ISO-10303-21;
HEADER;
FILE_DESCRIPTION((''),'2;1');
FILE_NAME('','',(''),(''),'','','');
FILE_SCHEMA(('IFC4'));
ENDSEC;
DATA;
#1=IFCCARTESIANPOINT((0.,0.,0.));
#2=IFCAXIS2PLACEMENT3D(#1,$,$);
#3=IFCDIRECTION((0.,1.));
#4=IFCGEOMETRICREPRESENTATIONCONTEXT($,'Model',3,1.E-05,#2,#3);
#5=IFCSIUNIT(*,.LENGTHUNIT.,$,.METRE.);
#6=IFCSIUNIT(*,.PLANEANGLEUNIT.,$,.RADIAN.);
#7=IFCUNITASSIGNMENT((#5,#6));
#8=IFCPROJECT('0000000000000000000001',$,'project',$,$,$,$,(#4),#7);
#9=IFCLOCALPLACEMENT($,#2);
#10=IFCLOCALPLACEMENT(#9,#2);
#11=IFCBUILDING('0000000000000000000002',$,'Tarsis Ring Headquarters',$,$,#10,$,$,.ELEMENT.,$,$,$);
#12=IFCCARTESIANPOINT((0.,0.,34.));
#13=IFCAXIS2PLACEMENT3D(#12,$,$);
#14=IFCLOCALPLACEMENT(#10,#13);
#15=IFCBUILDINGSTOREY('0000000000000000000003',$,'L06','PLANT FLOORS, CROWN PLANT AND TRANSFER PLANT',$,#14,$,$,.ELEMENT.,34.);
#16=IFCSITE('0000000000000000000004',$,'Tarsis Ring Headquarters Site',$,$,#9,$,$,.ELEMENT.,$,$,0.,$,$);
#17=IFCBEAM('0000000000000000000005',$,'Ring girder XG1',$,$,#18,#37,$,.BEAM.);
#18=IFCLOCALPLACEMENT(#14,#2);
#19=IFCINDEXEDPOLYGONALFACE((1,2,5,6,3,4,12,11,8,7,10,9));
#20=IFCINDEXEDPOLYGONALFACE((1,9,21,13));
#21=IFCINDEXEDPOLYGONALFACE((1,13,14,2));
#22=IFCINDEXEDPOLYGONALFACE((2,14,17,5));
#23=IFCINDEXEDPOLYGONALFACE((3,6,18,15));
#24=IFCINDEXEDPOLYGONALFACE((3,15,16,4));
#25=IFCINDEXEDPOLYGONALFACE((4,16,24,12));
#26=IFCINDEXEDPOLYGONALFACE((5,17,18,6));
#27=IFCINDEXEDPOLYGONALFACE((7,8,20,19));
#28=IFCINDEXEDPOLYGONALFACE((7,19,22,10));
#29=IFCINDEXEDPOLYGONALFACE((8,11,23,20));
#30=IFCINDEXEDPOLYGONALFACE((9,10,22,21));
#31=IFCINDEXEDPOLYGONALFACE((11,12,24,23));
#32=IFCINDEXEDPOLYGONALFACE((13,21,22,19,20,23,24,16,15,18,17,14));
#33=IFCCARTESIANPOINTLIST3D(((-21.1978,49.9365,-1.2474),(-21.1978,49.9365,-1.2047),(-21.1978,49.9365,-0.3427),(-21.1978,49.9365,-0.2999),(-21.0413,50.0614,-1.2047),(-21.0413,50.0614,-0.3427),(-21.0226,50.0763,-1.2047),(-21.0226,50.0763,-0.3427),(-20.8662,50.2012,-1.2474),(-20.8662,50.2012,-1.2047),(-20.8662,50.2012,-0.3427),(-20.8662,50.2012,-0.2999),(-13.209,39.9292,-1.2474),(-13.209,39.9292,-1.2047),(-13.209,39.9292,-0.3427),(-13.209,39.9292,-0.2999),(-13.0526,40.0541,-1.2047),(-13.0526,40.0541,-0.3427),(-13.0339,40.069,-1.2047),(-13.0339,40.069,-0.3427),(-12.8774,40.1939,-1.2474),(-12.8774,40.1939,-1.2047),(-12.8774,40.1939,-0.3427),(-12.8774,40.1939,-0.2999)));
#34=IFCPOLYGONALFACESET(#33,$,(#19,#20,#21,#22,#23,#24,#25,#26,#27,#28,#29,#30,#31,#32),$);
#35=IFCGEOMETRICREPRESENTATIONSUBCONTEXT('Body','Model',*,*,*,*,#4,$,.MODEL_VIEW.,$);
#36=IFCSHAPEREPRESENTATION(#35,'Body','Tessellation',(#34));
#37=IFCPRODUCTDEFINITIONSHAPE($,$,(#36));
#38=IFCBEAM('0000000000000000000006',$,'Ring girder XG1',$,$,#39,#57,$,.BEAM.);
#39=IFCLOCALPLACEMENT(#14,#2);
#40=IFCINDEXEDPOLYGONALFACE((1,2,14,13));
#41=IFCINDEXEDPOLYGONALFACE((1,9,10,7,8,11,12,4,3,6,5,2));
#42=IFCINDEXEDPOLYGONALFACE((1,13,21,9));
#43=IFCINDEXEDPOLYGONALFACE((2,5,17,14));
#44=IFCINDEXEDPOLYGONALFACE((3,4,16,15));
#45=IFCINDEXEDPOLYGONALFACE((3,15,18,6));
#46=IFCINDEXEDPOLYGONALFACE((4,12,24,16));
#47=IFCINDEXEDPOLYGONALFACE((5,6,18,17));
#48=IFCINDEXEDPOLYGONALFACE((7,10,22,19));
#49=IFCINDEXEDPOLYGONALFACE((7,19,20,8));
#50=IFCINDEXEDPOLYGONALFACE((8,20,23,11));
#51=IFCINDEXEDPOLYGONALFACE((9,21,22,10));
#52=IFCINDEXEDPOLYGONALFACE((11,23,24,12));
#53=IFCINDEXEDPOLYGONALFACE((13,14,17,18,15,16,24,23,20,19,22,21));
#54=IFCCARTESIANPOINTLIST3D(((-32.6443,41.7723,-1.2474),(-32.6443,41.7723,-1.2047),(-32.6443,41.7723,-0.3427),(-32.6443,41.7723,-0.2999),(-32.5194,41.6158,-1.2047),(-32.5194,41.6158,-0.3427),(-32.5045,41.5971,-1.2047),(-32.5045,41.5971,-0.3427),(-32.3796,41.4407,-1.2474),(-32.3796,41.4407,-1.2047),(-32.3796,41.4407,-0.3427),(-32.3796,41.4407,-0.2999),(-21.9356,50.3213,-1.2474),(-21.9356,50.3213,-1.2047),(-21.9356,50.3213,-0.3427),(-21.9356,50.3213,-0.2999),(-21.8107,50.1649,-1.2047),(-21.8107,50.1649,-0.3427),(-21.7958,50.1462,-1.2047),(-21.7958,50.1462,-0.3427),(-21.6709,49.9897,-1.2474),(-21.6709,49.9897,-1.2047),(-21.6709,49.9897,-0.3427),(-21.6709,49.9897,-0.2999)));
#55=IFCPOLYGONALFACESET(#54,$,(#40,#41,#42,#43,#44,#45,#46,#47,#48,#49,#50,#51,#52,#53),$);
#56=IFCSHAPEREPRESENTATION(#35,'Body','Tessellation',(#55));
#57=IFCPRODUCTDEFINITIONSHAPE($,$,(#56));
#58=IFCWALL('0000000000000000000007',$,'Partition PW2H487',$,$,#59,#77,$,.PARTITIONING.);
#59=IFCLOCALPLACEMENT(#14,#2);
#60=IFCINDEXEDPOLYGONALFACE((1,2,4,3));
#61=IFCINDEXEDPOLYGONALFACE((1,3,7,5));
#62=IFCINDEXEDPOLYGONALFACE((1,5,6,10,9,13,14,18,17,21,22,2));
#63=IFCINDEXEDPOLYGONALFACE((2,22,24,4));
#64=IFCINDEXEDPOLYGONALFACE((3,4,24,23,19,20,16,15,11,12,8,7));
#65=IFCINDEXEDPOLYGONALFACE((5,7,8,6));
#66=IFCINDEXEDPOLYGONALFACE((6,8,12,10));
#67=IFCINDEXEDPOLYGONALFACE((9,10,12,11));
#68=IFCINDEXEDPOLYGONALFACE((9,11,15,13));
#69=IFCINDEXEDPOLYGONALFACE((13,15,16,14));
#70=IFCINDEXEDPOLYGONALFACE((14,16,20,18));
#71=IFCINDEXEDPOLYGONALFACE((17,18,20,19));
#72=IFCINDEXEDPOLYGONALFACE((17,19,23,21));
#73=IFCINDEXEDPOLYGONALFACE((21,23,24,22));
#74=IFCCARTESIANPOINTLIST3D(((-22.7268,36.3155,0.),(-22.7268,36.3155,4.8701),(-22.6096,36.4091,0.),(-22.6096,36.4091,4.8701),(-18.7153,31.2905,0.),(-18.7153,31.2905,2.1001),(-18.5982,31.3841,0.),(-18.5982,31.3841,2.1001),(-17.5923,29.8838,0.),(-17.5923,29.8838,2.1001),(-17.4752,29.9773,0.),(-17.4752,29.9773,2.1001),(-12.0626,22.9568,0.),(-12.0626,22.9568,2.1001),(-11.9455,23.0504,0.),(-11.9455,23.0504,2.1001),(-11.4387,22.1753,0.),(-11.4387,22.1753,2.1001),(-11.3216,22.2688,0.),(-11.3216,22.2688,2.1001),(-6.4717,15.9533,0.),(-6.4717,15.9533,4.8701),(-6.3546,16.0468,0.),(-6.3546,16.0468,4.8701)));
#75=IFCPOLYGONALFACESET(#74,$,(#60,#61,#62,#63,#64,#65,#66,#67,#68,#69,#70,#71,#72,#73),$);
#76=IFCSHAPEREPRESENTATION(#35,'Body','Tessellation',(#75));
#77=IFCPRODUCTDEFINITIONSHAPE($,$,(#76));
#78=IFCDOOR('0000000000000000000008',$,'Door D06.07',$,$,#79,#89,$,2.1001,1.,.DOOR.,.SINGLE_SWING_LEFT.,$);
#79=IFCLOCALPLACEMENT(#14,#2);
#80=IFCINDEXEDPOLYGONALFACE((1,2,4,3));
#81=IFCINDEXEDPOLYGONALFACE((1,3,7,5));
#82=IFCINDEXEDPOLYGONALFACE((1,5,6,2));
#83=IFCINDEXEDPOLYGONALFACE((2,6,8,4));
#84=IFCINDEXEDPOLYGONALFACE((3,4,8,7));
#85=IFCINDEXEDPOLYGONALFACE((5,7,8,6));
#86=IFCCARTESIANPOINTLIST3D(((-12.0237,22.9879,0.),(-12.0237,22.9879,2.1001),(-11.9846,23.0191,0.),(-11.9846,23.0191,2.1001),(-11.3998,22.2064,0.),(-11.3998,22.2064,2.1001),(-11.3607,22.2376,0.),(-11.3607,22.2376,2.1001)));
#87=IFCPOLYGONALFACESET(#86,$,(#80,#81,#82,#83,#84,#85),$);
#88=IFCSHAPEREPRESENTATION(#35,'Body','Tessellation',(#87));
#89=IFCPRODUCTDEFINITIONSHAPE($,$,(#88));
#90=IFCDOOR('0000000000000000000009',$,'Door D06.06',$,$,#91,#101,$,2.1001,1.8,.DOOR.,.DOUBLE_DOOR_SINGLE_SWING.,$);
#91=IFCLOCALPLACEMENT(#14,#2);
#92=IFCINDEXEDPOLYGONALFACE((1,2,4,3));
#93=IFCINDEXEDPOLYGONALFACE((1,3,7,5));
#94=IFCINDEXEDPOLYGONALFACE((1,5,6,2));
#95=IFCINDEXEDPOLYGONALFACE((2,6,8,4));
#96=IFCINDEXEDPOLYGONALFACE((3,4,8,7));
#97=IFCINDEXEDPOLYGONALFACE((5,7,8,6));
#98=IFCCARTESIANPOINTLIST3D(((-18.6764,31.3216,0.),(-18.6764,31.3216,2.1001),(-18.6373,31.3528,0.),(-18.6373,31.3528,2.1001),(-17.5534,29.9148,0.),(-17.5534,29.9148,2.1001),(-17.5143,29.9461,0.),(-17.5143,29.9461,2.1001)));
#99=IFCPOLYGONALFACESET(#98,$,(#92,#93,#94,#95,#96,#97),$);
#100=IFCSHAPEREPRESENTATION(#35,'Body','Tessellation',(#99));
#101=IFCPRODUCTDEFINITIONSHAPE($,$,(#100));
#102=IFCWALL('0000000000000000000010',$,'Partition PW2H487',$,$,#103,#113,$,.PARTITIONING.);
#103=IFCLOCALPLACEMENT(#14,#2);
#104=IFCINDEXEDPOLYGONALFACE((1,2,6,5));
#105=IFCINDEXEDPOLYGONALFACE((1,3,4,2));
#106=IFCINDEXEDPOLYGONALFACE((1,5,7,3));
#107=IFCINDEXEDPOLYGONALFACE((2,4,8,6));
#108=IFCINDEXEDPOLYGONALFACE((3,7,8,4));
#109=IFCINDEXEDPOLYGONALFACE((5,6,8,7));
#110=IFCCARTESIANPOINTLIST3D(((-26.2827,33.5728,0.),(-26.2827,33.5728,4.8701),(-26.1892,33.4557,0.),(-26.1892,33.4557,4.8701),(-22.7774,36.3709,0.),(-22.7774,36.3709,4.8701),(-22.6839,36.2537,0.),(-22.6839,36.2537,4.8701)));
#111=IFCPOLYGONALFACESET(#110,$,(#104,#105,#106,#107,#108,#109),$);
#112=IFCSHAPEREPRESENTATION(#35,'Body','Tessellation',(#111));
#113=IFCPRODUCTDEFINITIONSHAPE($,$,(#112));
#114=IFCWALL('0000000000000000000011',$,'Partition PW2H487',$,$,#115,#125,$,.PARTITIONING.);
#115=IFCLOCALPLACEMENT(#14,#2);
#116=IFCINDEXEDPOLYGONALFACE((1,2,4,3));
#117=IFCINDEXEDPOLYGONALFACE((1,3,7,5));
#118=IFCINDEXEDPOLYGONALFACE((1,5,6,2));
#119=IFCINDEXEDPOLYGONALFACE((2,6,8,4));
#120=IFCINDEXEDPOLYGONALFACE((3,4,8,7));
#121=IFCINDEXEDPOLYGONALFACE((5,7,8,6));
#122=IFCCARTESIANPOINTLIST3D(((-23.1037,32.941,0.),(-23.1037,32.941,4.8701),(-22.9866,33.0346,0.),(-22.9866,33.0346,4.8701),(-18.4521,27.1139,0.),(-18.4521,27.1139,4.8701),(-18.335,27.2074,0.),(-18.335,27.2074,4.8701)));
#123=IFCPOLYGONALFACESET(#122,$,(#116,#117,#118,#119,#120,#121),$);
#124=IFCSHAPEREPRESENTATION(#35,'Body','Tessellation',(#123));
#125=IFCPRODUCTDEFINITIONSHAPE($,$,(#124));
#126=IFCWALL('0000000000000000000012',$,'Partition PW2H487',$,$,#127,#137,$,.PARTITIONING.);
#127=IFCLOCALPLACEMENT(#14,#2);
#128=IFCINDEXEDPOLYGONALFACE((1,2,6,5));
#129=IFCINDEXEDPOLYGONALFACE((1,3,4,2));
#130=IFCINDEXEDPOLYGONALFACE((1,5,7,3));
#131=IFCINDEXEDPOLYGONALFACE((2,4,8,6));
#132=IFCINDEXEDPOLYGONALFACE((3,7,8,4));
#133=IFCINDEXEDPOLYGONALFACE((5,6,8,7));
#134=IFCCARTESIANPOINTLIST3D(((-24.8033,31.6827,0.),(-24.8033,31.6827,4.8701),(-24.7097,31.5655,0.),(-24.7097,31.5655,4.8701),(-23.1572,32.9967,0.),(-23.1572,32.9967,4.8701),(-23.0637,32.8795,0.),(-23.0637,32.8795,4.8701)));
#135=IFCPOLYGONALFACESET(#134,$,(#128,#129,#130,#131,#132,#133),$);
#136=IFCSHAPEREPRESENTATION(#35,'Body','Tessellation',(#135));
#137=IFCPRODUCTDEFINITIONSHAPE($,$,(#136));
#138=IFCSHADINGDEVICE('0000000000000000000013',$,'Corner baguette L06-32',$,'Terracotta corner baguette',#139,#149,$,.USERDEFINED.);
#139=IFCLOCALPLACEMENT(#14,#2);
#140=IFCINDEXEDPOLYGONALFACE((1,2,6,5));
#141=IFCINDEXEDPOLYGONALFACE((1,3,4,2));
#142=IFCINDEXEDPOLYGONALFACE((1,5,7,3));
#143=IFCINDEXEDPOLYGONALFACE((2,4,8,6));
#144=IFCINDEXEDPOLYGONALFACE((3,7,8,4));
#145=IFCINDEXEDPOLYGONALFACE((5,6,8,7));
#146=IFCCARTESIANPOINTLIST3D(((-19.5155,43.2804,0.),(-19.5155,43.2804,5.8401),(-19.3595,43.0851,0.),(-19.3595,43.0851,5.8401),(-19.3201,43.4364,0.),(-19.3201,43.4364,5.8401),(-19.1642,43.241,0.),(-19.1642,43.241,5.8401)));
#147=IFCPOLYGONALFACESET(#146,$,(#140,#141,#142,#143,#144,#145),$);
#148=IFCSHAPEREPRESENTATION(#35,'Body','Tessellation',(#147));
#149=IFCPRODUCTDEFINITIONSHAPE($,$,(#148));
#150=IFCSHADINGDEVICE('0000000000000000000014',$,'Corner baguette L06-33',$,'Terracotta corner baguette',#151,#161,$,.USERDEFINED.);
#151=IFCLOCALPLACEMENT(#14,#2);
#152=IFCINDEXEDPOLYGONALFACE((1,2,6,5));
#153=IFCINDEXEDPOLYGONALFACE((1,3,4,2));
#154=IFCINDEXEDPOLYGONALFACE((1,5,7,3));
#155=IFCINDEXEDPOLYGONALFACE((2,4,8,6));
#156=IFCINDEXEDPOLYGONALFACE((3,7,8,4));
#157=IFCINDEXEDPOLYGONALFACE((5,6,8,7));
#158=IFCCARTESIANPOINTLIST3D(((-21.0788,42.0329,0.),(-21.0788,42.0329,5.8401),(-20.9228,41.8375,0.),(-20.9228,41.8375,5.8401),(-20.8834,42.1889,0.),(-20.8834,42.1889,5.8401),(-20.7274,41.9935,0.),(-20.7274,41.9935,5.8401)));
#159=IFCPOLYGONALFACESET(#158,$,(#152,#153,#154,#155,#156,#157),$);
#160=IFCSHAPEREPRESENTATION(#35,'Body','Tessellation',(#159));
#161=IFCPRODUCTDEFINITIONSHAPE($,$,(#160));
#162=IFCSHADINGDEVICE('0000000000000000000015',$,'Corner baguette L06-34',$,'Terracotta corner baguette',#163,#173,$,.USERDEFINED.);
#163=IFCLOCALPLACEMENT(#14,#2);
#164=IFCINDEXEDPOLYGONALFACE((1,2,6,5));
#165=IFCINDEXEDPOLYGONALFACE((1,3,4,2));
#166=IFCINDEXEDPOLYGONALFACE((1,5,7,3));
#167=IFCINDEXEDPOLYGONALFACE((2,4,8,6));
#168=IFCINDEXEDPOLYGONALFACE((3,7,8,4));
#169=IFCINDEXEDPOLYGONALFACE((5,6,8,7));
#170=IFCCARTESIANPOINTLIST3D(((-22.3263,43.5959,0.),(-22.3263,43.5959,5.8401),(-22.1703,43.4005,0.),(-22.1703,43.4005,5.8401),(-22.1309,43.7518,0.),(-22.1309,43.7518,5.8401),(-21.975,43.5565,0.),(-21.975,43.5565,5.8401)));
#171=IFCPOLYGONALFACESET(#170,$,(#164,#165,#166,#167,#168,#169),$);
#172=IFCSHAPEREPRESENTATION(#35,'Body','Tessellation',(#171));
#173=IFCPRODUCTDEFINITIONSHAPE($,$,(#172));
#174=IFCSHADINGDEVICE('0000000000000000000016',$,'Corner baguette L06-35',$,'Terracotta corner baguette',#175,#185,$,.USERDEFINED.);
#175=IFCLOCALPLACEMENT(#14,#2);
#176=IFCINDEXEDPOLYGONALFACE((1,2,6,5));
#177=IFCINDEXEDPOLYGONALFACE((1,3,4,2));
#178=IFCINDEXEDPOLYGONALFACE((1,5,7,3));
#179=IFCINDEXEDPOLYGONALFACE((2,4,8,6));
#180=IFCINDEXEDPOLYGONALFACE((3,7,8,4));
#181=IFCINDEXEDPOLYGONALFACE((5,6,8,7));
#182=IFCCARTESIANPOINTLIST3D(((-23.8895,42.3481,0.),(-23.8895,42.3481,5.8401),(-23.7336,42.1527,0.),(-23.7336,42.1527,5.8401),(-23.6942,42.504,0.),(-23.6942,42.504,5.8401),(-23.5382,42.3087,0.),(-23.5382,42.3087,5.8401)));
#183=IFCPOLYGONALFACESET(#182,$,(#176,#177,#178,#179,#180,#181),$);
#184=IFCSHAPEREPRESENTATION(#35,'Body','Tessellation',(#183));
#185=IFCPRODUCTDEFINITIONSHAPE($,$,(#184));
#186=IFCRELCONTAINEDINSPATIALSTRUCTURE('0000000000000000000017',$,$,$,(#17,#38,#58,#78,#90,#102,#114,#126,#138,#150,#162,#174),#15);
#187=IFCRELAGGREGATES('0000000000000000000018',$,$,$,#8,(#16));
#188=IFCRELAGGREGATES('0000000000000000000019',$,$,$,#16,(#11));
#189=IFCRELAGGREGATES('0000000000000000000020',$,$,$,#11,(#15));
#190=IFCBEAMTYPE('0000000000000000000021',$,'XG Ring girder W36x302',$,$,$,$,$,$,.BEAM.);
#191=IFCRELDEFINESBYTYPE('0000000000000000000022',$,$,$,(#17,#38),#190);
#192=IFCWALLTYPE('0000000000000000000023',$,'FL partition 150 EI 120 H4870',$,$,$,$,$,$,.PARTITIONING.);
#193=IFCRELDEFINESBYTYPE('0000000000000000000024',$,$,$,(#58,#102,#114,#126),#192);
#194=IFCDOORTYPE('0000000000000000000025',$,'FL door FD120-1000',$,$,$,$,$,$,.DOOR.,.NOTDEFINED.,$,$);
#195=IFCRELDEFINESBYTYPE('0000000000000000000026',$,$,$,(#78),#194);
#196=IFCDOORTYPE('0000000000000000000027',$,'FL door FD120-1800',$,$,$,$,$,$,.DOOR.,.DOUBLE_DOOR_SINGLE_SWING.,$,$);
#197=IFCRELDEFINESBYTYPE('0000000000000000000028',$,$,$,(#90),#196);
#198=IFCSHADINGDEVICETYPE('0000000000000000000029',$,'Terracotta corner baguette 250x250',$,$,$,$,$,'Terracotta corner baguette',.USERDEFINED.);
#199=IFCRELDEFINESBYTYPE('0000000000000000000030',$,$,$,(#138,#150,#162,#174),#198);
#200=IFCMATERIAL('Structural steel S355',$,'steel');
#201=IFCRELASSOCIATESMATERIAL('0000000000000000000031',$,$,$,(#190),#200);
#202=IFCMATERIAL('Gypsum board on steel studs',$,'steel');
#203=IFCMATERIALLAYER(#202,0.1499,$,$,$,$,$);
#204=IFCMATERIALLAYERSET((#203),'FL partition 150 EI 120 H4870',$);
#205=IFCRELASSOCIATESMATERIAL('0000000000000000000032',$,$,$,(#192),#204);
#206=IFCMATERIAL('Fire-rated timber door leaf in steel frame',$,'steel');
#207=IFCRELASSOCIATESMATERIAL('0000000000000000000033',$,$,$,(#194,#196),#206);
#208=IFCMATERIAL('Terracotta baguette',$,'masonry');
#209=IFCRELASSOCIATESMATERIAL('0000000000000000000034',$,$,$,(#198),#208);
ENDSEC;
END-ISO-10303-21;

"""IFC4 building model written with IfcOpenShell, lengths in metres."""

from ifc_helpers import new_model, si_unit, direction, frame, frame_2d, origin, origin_2d, place, context, subcontext, project, spatial, rectangle, i_section, extrude, material, layer, layer_set, material_profile, profile_set, type_object, element, fill, save


model = new_model("IFC4")

# Units and contexts
model_context = context("Model", 3, precision=1e-05, world=origin(), true_north=direction((0.0, 1.0)))
body_context = subcontext(model_context, "Body", "Model", "MODEL_VIEW")
ifc_project = project(units=[si_unit("LENGTHUNIT", "METRE"), si_unit("PLANEANGLEUNIT", "RADIAN")], contexts=[model_context])

# Site, building, storey
site_placement = place(None, origin())
site = spatial("IfcSite", under=ifc_project, at=site_placement, Name="Tarsis Ring Headquarters Site", CompositionType="ELEMENT", RefElevation=0.0)
building_placement = place(site_placement, origin())
building = spatial("IfcBuilding", under=site, at=building_placement, Name="Tarsis Ring Headquarters", CompositionType="ELEMENT")
storey_placement = place(building_placement, frame((0.0, 0.0, 34.0)))
storey = spatial("IfcBuildingStorey", under=building, at=storey_placement, Name="L06", Description="PLANT FLOORS, CROWN PLANT AND TRANSFER PLANT", CompositionType="ELEMENT", Elevation=34.0)

# Shared definitions
ifc_material_1 = material(Name="Structural steel S355", Category="steel")

# Beams
ifc_material_profile_1 = material_profile(ifc_material_1, i_section(OverallWidth=0.4243, OverallDepth=0.9475, WebThickness=0.0239, FlangeThickness=0.0427, at=origin_2d()), Name="W36x302")
ifc_profile_set_1 = profile_set([ifc_material_profile_1], Name="Structural steel S355")
beam_type_1 = type_object("IfcBeamType", Name="XG Ring girder W36x302", PredefinedType="BEAM", material=ifc_profile_set_1)
beam_1_placement = place(storey_placement, frame((-13.0432, 40.0615, -0.7737), z_axis=(-0.623881, 0.781519, 0.0), x_axis=(-0.781519, -0.623881, 0.0)))
element("IfcBeam", 1, at=beam_1_placement, inside=storey, type_object=beam_type_1, Name="Ring girder XG1", PredefinedType="BEAM", context=body_context, shape_type="SweptSolid", body=[
    extrude(i_section(OverallWidth=0.4243, OverallDepth=0.9475, WebThickness=0.0239, FlangeThickness=0.0427, at=origin_2d()), origin(), (0.0, 0.0, 1.0), 12.8049),
])
beam_2_placement = place(storey_placement, frame((-21.8032, 50.1555, -0.7737), z_axis=(-0.781506, -0.623897, 0.0), x_axis=(0.623897, -0.781506, 0.0)))
element("IfcBeam", 2, at=beam_2_placement, inside=storey, type_object=beam_type_1, Name="Ring girder XG1", PredefinedType="BEAM", context=body_context, shape_type="SweptSolid", body=[
    extrude(i_section(OverallWidth=0.4243, OverallDepth=0.9475, WebThickness=0.0239, FlangeThickness=0.0427, at=origin_2d()), origin(), (0.0, 0.0, 1.0), 13.7026),
])

# Wall, openings, doors
ifc_material_2 = material(Name="Gypsum board on steel studs", Category="steel")
ifc_layer = layer(ifc_material_2, 0.1499)
ifc_layer_set = layer_set([ifc_layer], Name="FL partition 150 EI 120 H4870")
wall_type = type_object("IfcWallType", Name="FL partition 150 EI 120 H4870", PredefinedType="PARTITIONING", material=ifc_layer_set)
wall_1_placement = place(storey_placement, frame((-22.6682, 36.3623, 0.0), z_axis=(0.0, 0.0, 1.0), x_axis=(0.623882, -0.781518, 0.0)))
wall_1 = element("IfcWall", 3, at=wall_1_placement, inside=storey, type_object=wall_type, Name="Partition PW2H487", PredefinedType="PARTITIONING", context=body_context, shape_type="SweptSolid", body=[
    extrude(rectangle(XDim=26.0547, YDim=0.1499, at=frame_2d((13.0273, 0.0))), origin(), (0.0, 0.0, 1.0), 4.8701),
])
opening_1_placement = place(wall_1_placement, frame((6.4299, 0.0, 0.0)))
opening_1 = element("IfcOpeningElement", 4, at=opening_1_placement, cuts=wall_1, PredefinedType="OPENING", context=body_context, shape_type="SweptSolid", body=[
    extrude(rectangle(XDim=1.8, YDim=2.1001, at=frame_2d((0.8999, 1.05))), frame((0.0, 0.085, 0.0), z_axis=(0.0, -1.0, 0.0), x_axis=(1.0, 0.0, 0.0)), (0.0, 0.0, 1.0), 0.1699),
])
opening_2_placement = place(wall_1_placement, frame((17.0933, 0.0, 0.0)))
opening_2 = element("IfcOpeningElement", 5, at=opening_2_placement, cuts=wall_1, PredefinedType="OPENING", context=body_context, shape_type="SweptSolid", body=[
    extrude(rectangle(XDim=1.0, YDim=2.1001, at=frame_2d((0.5, 1.05))), frame((0.0, 0.085, 0.0), z_axis=(0.0, -1.0, 0.0), x_axis=(1.0, 0.0, 0.0)), (0.0, 0.0, 1.0), 0.1699),
])
ifc_material_3 = material(Name="Fire-rated timber door leaf in steel frame", Category="steel")
door_type_1 = type_object("IfcDoorType", Name="FL door FD120-1000", OperationType="NOTDEFINED", PredefinedType="DOOR", material=ifc_material_3)
door_1_placement = place(opening_2_placement, origin())
door_1 = element("IfcDoor", 6, at=door_1_placement, inside=storey, type_object=door_type_1, Name="Door D06.07", OperationType="SINGLE_SWING_LEFT", OverallHeight=2.1001, OverallWidth=1.0, PredefinedType="DOOR", context=body_context, shape_type="SweptSolid", body=[
    extrude(rectangle(XDim=1.0, YDim=2.1001, at=frame_2d((0.5, 1.05))), frame((0.0, 0.0249, 0.0), z_axis=(0.0, -1.0, 0.0), x_axis=(1.0, 0.0, 0.0)), (0.0, 0.0, 1.0), 0.05),
])
fill(opening_2, door_1)
door_type_2 = type_object("IfcDoorType", Name="FL door FD120-1800", OperationType="DOUBLE_DOOR_SINGLE_SWING", PredefinedType="DOOR", material=ifc_material_3)
door_2_placement = place(opening_1_placement, origin())
door_2 = element("IfcDoor", 7, at=door_2_placement, inside=storey, type_object=door_type_2, Name="Door D06.06", OperationType="DOUBLE_DOOR_SINGLE_SWING", OverallHeight=2.1001, OverallWidth=1.8, PredefinedType="DOOR", context=body_context, shape_type="SweptSolid", body=[
    extrude(rectangle(XDim=1.8, YDim=2.1001, at=frame_2d((0.8999, 1.05))), frame((0.0, 0.0249, 0.0), z_axis=(0.0, -1.0, 0.0), x_axis=(1.0, 0.0, 0.0)), (0.0, 0.0, 1.0), 0.05),
])
fill(opening_1, door_2)

# Walls
wall_2_placement = place(storey_placement, frame((-26.2361, 33.5142, 0.0), z_axis=(0.0, 0.0, 1.0), x_axis=(0.781543, 0.623852, 0.0)))
element("IfcWall", 8, at=wall_2_placement, inside=storey, type_object=wall_type, Name="Partition PW2H487", PredefinedType="PARTITIONING", context=body_context, shape_type="SweptSolid", body=[
    extrude(rectangle(XDim=4.4851, YDim=0.1499, at=frame_2d((2.2427, 0.0))), origin(), (0.0, 0.0, 1.0), 4.8701),
])
wall_3_placement = place(storey_placement, frame((-23.0452, 32.9878, 0.0), z_axis=(0.0, 0.0, 1.0), x_axis=(0.623868, -0.78153, 0.0)))
element("IfcWall", 9, at=wall_3_placement, inside=storey, type_object=wall_type, Name="Partition PW2H487", PredefinedType="PARTITIONING", context=body_context, shape_type="SweptSolid", body=[
    extrude(rectangle(XDim=7.4561, YDim=0.1499, at=frame_2d((3.728, 0.0))), origin(), (0.0, 0.0, 1.0), 4.8701),
])
wall_4_placement = place(storey_placement, frame((-24.7566, 31.624, 0.0), z_axis=(0.0, 0.0, 1.0), x_axis=(0.781524, 0.623875, 0.0)))
element("IfcWall", 10, at=wall_4_placement, inside=storey, type_object=wall_type, Name="Partition PW2H487", PredefinedType="PARTITIONING", context=body_context, shape_type="SweptSolid", body=[
    extrude(rectangle(XDim=2.1062, YDim=0.1499, at=frame_2d((1.0532, 0.0))), origin(), (0.0, 0.0, 1.0), 4.8701),
])

# Shading devices
ifc_material_4 = material(Name="Terracotta baguette", Category="masonry")
shading_device_type_1 = type_object("IfcShadingDeviceType", Name="Terracotta corner baguette 250x250", ElementType="Terracotta corner baguette", PredefinedType="USERDEFINED", material=ifc_material_4)
for number, where, z_axis, x_axis, name in (
    (11, (-19.3398, 43.2607, 0.0), (0.0, 0.0, 1.0), (-0.62388, 0.78152, 0.0), "Corner baguette L06-32"),
    (12, (-20.9031, 42.0132, 0.0), (0.0, 0.0, 1.0), (-0.78152, -0.62388, 0.0), "Corner baguette L06-33"),
    (13, (-22.1506, 43.5762, 0.0), (0.0, 0.0, 1.0), (-0.62388, 0.78152, 0.0), "Corner baguette L06-34"),
    (14, (-23.7139, 42.3284, 0.0), (0.0, 0.0, 1.0), (-0.78152, -0.62388, 0.0), "Corner baguette L06-35"),
):
    element("IfcShadingDevice", number, at=place(storey_placement, frame(where, z_axis=z_axis, x_axis=x_axis)), inside=storey, type_object=shading_device_type_1, Name=name, ObjectType="Terracotta corner baguette", PredefinedType="USERDEFINED", context=body_context, shape_type="SweptSolid", body=[
        extrude(rectangle(XDim=0.25, YDim=0.25, at=origin_2d()), origin(), (0.0, 0.0, 1.0), 5.8401),
    ])

save(model, "model.ifc")
